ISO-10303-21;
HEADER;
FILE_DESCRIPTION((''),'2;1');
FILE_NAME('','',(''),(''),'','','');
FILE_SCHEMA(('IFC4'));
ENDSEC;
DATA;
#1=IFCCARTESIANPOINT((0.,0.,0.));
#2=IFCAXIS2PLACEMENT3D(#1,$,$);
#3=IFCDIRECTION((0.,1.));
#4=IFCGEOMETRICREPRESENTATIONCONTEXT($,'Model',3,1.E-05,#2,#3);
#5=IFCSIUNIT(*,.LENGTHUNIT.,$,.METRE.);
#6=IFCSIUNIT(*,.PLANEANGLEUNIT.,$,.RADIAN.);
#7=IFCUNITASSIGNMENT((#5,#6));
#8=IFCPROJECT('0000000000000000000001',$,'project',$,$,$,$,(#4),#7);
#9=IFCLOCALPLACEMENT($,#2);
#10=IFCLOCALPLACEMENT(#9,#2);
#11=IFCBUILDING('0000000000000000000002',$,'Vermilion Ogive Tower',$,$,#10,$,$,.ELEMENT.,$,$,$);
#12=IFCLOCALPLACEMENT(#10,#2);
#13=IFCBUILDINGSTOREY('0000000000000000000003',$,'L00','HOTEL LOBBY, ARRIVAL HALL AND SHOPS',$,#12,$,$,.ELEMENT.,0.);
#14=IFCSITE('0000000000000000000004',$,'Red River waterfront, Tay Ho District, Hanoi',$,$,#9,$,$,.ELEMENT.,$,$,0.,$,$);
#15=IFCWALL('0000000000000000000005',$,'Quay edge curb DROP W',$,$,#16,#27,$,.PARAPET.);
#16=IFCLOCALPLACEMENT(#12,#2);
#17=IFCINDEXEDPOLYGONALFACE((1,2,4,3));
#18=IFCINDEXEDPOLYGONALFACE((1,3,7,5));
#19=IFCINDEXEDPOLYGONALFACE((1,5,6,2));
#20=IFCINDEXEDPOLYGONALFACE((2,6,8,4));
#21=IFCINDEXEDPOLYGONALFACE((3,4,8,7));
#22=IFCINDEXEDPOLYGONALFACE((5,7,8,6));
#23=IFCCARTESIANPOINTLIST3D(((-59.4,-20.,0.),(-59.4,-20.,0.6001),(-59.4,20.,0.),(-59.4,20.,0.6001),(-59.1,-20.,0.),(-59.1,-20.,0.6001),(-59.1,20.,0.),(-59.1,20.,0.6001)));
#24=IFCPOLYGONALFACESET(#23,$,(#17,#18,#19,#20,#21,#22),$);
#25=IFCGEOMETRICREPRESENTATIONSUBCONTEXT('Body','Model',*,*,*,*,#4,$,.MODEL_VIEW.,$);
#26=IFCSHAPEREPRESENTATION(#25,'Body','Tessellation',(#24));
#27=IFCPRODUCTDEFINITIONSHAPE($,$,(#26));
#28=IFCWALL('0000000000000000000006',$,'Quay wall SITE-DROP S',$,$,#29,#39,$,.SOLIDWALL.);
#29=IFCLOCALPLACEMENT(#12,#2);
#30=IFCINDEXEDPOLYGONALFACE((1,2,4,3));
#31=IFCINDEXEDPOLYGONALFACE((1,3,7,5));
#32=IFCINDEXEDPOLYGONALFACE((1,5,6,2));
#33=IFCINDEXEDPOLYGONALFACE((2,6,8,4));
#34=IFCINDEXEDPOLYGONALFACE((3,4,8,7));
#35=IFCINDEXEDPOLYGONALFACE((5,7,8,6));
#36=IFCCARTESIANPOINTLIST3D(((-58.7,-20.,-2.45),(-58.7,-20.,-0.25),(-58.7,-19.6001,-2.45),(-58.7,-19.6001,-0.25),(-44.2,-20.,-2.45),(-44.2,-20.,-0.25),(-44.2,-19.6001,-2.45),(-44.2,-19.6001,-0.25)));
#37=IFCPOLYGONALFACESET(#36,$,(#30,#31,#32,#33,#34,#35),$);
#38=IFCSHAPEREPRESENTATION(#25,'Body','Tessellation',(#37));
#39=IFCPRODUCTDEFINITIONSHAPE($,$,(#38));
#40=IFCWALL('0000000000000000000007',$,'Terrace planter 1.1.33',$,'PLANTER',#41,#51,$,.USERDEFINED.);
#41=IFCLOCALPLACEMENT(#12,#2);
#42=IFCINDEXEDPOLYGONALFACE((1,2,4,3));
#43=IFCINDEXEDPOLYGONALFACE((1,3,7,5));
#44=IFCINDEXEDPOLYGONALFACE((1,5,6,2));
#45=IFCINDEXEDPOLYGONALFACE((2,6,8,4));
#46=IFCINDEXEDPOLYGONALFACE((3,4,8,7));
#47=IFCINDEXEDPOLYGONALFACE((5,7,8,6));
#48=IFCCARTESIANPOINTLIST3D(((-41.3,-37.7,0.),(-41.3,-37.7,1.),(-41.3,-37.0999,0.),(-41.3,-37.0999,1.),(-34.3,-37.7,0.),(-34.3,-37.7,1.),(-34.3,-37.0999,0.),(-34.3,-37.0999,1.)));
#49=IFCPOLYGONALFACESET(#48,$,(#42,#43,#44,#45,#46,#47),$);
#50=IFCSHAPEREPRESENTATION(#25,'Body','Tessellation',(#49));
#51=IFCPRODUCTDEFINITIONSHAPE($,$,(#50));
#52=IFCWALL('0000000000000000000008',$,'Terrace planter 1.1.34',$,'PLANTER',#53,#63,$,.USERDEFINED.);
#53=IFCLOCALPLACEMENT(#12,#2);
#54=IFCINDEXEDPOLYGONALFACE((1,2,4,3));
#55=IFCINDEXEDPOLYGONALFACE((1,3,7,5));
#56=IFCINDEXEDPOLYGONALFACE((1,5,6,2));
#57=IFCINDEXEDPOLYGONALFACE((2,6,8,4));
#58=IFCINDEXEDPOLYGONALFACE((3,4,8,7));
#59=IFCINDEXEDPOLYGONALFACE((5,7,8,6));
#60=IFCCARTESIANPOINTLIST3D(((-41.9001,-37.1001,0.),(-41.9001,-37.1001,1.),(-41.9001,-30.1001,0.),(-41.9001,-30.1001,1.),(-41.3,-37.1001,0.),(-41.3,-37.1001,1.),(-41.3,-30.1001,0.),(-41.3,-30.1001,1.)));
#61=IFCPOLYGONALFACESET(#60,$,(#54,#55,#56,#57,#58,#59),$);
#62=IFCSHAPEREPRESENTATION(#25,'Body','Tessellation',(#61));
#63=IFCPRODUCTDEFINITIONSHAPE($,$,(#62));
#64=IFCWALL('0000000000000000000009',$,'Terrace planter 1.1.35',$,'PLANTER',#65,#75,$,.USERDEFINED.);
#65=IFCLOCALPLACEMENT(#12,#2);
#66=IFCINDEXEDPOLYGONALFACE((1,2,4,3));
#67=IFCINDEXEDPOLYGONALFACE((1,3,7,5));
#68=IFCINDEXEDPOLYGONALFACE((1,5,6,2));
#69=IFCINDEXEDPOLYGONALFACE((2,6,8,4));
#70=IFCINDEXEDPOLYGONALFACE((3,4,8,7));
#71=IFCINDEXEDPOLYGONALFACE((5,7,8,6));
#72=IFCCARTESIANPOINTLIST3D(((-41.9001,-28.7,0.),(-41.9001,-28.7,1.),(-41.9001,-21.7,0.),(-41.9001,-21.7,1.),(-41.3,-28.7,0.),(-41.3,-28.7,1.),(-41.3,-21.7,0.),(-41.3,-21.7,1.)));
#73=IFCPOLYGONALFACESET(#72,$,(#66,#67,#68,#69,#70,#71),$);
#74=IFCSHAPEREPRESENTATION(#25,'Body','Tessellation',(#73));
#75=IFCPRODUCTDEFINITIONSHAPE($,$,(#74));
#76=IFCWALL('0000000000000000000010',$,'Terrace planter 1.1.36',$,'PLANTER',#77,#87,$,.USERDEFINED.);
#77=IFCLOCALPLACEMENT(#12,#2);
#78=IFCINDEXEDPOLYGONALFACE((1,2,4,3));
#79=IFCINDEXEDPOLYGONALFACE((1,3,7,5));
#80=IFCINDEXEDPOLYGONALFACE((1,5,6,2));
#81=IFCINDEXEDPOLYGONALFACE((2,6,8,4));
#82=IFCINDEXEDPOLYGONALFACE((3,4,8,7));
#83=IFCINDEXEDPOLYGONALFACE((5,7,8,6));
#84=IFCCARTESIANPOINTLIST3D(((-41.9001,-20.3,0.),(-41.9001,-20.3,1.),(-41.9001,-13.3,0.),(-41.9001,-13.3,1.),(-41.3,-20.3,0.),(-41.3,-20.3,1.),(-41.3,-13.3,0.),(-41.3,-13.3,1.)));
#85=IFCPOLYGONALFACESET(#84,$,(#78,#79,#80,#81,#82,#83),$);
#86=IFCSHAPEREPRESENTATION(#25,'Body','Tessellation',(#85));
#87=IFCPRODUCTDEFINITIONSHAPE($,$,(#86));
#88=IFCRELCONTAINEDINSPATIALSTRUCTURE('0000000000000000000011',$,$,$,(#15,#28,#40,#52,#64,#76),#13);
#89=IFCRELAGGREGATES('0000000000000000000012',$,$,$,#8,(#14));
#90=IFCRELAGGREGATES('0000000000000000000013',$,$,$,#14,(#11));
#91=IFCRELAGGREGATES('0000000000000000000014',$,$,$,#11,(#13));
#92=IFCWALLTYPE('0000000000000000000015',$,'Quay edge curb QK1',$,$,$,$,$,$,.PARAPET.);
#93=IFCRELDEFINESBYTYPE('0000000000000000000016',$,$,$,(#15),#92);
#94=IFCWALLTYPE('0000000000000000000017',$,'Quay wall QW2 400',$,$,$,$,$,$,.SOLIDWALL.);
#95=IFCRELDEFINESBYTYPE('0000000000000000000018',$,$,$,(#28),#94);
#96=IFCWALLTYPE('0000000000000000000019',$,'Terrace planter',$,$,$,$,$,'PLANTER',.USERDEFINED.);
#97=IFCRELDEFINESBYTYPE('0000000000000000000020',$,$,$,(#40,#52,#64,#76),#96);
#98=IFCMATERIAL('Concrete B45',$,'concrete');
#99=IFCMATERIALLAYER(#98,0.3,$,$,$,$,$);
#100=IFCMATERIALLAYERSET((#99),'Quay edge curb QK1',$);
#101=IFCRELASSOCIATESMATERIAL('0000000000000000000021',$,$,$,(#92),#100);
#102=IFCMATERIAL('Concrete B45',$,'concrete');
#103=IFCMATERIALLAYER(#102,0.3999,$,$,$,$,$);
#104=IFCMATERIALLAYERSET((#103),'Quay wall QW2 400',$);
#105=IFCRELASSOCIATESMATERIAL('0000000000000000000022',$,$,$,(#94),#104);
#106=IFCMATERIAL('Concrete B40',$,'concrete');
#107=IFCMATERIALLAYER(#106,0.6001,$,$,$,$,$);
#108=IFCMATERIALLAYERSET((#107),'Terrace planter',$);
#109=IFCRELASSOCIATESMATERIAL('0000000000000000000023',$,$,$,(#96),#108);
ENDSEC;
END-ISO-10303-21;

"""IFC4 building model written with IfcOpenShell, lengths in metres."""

from ifc_helpers import new_model, si_unit, direction, frame, frame_2d, origin, place, context, subcontext, project, spatial, rectangle, extrude, material, layer, layer_set, type_object, element, save


model = new_model("IFC4")

# Units and contexts
model_context = context("Model", 3, precision=1e-05, world=origin(), true_north=direction((0.0, 1.0)))
body_context = subcontext(model_context, "Body", "Model", "MODEL_VIEW")
ifc_project = project(units=[si_unit("LENGTHUNIT", "METRE"), si_unit("PLANEANGLEUNIT", "RADIAN")], contexts=[model_context])

# Site, building, storey
site_placement = place(None, origin())
site = spatial("IfcSite", under=ifc_project, at=site_placement, Name="Red River waterfront, Tay Ho District, Hanoi", CompositionType="ELEMENT", RefElevation=0.0)
building_placement = place(site_placement, origin())
building = spatial("IfcBuilding", under=site, at=building_placement, Name="Vermilion Ogive Tower", CompositionType="ELEMENT")
storey_placement = place(building_placement, origin())
storey = spatial("IfcBuildingStorey", under=building, at=storey_placement, Name="L00", Description="HOTEL LOBBY, ARRIVAL HALL AND SHOPS", CompositionType="ELEMENT", Elevation=0.0)

# Walls
ifc_material_1 = material(Name="Concrete B45", Category="concrete")
ifc_layer_1 = layer(ifc_material_1, 0.3)
ifc_layer_set_1 = layer_set([ifc_layer_1], Name="Quay edge curb QK1")
wall_type_1 = type_object("IfcWallType", Name="Quay edge curb QK1", PredefinedType="PARAPET", material=ifc_layer_set_1)
wall_1_placement = place(storey_placement, frame((-59.25, -20.0, 0.0), z_axis=(0.0, 0.0, 1.0), x_axis=(0.0, 1.0, 0.0)))
element("IfcWall", 1, at=wall_1_placement, inside=storey, type_object=wall_type_1, Name="Quay edge curb DROP W", PredefinedType="PARAPET", context=body_context, shape_type="SweptSolid", body=[
    extrude(rectangle(XDim=40.0, YDim=0.3, at=frame_2d((20.0, 0.0))), origin(), (0.0, 0.0, 1.0), 0.6001),
])
ifc_material_2 = material(Name="Concrete B45", Category="concrete")
ifc_layer_2 = layer(ifc_material_2, 0.3999)
ifc_layer_set_2 = layer_set([ifc_layer_2], Name="Quay wall QW2 400")
wall_type_2 = type_object("IfcWallType", Name="Quay wall QW2 400", PredefinedType="SOLIDWALL", material=ifc_layer_set_2)
wall_2_placement = place(storey_placement, frame((-58.7, -19.8, -2.45), z_axis=(0.0, 0.0, 1.0), x_axis=(1.0, 0.0, 0.0)))
element("IfcWall", 2, at=wall_2_placement, inside=storey, type_object=wall_type_2, Name="Quay wall SITE-DROP S", PredefinedType="SOLIDWALL", context=body_context, shape_type="SweptSolid", body=[
    extrude(rectangle(XDim=14.5, YDim=0.3999, at=frame_2d((7.25, 0.0))), origin(), (0.0, 0.0, 1.0), 2.2),
])
ifc_material_3 = material(Name="Concrete B40", Category="concrete")
ifc_layer_3 = layer(ifc_material_3, 0.6001)
ifc_layer_set_3 = layer_set([ifc_layer_3], Name="Terrace planter")
wall_type_3 = type_object("IfcWallType", Name="Terrace planter", ElementType="PLANTER", PredefinedType="USERDEFINED", material=ifc_layer_set_3)
for number, where, z_axis, x_axis, name in (
    (3, (-34.3, -37.3999, 0.0), (0.0, 0.0, 1.0), (-1.0, 0.0, 0.0), "Terrace planter 1.1.33"),
    (4, (-41.6001, -37.1001, 0.0), (0.0, 0.0, 1.0), (0.0, 1.0, 0.0), "Terrace planter 1.1.34"),
    (5, (-41.6001, -28.7, 0.0), (0.0, 0.0, 1.0), (0.0, 1.0, 0.0), "Terrace planter 1.1.35"),
    (6, (-41.6001, -20.3, 0.0), (0.0, 0.0, 1.0), (0.0, 1.0, 0.0), "Terrace planter 1.1.36"),
):
    element("IfcWall", number, at=place(storey_placement, frame(where, z_axis=z_axis, x_axis=x_axis)), inside=storey, type_object=wall_type_3, Name=name, ObjectType="PLANTER", PredefinedType="USERDEFINED", context=body_context, shape_type="SweptSolid", body=[
        extrude(rectangle(XDim=7.0, YDim=0.6001, at=frame_2d((3.5, 0.0))), origin(), (0.0, 0.0, 1.0), 1.0),
    ])

save(model, "model.ifc")
